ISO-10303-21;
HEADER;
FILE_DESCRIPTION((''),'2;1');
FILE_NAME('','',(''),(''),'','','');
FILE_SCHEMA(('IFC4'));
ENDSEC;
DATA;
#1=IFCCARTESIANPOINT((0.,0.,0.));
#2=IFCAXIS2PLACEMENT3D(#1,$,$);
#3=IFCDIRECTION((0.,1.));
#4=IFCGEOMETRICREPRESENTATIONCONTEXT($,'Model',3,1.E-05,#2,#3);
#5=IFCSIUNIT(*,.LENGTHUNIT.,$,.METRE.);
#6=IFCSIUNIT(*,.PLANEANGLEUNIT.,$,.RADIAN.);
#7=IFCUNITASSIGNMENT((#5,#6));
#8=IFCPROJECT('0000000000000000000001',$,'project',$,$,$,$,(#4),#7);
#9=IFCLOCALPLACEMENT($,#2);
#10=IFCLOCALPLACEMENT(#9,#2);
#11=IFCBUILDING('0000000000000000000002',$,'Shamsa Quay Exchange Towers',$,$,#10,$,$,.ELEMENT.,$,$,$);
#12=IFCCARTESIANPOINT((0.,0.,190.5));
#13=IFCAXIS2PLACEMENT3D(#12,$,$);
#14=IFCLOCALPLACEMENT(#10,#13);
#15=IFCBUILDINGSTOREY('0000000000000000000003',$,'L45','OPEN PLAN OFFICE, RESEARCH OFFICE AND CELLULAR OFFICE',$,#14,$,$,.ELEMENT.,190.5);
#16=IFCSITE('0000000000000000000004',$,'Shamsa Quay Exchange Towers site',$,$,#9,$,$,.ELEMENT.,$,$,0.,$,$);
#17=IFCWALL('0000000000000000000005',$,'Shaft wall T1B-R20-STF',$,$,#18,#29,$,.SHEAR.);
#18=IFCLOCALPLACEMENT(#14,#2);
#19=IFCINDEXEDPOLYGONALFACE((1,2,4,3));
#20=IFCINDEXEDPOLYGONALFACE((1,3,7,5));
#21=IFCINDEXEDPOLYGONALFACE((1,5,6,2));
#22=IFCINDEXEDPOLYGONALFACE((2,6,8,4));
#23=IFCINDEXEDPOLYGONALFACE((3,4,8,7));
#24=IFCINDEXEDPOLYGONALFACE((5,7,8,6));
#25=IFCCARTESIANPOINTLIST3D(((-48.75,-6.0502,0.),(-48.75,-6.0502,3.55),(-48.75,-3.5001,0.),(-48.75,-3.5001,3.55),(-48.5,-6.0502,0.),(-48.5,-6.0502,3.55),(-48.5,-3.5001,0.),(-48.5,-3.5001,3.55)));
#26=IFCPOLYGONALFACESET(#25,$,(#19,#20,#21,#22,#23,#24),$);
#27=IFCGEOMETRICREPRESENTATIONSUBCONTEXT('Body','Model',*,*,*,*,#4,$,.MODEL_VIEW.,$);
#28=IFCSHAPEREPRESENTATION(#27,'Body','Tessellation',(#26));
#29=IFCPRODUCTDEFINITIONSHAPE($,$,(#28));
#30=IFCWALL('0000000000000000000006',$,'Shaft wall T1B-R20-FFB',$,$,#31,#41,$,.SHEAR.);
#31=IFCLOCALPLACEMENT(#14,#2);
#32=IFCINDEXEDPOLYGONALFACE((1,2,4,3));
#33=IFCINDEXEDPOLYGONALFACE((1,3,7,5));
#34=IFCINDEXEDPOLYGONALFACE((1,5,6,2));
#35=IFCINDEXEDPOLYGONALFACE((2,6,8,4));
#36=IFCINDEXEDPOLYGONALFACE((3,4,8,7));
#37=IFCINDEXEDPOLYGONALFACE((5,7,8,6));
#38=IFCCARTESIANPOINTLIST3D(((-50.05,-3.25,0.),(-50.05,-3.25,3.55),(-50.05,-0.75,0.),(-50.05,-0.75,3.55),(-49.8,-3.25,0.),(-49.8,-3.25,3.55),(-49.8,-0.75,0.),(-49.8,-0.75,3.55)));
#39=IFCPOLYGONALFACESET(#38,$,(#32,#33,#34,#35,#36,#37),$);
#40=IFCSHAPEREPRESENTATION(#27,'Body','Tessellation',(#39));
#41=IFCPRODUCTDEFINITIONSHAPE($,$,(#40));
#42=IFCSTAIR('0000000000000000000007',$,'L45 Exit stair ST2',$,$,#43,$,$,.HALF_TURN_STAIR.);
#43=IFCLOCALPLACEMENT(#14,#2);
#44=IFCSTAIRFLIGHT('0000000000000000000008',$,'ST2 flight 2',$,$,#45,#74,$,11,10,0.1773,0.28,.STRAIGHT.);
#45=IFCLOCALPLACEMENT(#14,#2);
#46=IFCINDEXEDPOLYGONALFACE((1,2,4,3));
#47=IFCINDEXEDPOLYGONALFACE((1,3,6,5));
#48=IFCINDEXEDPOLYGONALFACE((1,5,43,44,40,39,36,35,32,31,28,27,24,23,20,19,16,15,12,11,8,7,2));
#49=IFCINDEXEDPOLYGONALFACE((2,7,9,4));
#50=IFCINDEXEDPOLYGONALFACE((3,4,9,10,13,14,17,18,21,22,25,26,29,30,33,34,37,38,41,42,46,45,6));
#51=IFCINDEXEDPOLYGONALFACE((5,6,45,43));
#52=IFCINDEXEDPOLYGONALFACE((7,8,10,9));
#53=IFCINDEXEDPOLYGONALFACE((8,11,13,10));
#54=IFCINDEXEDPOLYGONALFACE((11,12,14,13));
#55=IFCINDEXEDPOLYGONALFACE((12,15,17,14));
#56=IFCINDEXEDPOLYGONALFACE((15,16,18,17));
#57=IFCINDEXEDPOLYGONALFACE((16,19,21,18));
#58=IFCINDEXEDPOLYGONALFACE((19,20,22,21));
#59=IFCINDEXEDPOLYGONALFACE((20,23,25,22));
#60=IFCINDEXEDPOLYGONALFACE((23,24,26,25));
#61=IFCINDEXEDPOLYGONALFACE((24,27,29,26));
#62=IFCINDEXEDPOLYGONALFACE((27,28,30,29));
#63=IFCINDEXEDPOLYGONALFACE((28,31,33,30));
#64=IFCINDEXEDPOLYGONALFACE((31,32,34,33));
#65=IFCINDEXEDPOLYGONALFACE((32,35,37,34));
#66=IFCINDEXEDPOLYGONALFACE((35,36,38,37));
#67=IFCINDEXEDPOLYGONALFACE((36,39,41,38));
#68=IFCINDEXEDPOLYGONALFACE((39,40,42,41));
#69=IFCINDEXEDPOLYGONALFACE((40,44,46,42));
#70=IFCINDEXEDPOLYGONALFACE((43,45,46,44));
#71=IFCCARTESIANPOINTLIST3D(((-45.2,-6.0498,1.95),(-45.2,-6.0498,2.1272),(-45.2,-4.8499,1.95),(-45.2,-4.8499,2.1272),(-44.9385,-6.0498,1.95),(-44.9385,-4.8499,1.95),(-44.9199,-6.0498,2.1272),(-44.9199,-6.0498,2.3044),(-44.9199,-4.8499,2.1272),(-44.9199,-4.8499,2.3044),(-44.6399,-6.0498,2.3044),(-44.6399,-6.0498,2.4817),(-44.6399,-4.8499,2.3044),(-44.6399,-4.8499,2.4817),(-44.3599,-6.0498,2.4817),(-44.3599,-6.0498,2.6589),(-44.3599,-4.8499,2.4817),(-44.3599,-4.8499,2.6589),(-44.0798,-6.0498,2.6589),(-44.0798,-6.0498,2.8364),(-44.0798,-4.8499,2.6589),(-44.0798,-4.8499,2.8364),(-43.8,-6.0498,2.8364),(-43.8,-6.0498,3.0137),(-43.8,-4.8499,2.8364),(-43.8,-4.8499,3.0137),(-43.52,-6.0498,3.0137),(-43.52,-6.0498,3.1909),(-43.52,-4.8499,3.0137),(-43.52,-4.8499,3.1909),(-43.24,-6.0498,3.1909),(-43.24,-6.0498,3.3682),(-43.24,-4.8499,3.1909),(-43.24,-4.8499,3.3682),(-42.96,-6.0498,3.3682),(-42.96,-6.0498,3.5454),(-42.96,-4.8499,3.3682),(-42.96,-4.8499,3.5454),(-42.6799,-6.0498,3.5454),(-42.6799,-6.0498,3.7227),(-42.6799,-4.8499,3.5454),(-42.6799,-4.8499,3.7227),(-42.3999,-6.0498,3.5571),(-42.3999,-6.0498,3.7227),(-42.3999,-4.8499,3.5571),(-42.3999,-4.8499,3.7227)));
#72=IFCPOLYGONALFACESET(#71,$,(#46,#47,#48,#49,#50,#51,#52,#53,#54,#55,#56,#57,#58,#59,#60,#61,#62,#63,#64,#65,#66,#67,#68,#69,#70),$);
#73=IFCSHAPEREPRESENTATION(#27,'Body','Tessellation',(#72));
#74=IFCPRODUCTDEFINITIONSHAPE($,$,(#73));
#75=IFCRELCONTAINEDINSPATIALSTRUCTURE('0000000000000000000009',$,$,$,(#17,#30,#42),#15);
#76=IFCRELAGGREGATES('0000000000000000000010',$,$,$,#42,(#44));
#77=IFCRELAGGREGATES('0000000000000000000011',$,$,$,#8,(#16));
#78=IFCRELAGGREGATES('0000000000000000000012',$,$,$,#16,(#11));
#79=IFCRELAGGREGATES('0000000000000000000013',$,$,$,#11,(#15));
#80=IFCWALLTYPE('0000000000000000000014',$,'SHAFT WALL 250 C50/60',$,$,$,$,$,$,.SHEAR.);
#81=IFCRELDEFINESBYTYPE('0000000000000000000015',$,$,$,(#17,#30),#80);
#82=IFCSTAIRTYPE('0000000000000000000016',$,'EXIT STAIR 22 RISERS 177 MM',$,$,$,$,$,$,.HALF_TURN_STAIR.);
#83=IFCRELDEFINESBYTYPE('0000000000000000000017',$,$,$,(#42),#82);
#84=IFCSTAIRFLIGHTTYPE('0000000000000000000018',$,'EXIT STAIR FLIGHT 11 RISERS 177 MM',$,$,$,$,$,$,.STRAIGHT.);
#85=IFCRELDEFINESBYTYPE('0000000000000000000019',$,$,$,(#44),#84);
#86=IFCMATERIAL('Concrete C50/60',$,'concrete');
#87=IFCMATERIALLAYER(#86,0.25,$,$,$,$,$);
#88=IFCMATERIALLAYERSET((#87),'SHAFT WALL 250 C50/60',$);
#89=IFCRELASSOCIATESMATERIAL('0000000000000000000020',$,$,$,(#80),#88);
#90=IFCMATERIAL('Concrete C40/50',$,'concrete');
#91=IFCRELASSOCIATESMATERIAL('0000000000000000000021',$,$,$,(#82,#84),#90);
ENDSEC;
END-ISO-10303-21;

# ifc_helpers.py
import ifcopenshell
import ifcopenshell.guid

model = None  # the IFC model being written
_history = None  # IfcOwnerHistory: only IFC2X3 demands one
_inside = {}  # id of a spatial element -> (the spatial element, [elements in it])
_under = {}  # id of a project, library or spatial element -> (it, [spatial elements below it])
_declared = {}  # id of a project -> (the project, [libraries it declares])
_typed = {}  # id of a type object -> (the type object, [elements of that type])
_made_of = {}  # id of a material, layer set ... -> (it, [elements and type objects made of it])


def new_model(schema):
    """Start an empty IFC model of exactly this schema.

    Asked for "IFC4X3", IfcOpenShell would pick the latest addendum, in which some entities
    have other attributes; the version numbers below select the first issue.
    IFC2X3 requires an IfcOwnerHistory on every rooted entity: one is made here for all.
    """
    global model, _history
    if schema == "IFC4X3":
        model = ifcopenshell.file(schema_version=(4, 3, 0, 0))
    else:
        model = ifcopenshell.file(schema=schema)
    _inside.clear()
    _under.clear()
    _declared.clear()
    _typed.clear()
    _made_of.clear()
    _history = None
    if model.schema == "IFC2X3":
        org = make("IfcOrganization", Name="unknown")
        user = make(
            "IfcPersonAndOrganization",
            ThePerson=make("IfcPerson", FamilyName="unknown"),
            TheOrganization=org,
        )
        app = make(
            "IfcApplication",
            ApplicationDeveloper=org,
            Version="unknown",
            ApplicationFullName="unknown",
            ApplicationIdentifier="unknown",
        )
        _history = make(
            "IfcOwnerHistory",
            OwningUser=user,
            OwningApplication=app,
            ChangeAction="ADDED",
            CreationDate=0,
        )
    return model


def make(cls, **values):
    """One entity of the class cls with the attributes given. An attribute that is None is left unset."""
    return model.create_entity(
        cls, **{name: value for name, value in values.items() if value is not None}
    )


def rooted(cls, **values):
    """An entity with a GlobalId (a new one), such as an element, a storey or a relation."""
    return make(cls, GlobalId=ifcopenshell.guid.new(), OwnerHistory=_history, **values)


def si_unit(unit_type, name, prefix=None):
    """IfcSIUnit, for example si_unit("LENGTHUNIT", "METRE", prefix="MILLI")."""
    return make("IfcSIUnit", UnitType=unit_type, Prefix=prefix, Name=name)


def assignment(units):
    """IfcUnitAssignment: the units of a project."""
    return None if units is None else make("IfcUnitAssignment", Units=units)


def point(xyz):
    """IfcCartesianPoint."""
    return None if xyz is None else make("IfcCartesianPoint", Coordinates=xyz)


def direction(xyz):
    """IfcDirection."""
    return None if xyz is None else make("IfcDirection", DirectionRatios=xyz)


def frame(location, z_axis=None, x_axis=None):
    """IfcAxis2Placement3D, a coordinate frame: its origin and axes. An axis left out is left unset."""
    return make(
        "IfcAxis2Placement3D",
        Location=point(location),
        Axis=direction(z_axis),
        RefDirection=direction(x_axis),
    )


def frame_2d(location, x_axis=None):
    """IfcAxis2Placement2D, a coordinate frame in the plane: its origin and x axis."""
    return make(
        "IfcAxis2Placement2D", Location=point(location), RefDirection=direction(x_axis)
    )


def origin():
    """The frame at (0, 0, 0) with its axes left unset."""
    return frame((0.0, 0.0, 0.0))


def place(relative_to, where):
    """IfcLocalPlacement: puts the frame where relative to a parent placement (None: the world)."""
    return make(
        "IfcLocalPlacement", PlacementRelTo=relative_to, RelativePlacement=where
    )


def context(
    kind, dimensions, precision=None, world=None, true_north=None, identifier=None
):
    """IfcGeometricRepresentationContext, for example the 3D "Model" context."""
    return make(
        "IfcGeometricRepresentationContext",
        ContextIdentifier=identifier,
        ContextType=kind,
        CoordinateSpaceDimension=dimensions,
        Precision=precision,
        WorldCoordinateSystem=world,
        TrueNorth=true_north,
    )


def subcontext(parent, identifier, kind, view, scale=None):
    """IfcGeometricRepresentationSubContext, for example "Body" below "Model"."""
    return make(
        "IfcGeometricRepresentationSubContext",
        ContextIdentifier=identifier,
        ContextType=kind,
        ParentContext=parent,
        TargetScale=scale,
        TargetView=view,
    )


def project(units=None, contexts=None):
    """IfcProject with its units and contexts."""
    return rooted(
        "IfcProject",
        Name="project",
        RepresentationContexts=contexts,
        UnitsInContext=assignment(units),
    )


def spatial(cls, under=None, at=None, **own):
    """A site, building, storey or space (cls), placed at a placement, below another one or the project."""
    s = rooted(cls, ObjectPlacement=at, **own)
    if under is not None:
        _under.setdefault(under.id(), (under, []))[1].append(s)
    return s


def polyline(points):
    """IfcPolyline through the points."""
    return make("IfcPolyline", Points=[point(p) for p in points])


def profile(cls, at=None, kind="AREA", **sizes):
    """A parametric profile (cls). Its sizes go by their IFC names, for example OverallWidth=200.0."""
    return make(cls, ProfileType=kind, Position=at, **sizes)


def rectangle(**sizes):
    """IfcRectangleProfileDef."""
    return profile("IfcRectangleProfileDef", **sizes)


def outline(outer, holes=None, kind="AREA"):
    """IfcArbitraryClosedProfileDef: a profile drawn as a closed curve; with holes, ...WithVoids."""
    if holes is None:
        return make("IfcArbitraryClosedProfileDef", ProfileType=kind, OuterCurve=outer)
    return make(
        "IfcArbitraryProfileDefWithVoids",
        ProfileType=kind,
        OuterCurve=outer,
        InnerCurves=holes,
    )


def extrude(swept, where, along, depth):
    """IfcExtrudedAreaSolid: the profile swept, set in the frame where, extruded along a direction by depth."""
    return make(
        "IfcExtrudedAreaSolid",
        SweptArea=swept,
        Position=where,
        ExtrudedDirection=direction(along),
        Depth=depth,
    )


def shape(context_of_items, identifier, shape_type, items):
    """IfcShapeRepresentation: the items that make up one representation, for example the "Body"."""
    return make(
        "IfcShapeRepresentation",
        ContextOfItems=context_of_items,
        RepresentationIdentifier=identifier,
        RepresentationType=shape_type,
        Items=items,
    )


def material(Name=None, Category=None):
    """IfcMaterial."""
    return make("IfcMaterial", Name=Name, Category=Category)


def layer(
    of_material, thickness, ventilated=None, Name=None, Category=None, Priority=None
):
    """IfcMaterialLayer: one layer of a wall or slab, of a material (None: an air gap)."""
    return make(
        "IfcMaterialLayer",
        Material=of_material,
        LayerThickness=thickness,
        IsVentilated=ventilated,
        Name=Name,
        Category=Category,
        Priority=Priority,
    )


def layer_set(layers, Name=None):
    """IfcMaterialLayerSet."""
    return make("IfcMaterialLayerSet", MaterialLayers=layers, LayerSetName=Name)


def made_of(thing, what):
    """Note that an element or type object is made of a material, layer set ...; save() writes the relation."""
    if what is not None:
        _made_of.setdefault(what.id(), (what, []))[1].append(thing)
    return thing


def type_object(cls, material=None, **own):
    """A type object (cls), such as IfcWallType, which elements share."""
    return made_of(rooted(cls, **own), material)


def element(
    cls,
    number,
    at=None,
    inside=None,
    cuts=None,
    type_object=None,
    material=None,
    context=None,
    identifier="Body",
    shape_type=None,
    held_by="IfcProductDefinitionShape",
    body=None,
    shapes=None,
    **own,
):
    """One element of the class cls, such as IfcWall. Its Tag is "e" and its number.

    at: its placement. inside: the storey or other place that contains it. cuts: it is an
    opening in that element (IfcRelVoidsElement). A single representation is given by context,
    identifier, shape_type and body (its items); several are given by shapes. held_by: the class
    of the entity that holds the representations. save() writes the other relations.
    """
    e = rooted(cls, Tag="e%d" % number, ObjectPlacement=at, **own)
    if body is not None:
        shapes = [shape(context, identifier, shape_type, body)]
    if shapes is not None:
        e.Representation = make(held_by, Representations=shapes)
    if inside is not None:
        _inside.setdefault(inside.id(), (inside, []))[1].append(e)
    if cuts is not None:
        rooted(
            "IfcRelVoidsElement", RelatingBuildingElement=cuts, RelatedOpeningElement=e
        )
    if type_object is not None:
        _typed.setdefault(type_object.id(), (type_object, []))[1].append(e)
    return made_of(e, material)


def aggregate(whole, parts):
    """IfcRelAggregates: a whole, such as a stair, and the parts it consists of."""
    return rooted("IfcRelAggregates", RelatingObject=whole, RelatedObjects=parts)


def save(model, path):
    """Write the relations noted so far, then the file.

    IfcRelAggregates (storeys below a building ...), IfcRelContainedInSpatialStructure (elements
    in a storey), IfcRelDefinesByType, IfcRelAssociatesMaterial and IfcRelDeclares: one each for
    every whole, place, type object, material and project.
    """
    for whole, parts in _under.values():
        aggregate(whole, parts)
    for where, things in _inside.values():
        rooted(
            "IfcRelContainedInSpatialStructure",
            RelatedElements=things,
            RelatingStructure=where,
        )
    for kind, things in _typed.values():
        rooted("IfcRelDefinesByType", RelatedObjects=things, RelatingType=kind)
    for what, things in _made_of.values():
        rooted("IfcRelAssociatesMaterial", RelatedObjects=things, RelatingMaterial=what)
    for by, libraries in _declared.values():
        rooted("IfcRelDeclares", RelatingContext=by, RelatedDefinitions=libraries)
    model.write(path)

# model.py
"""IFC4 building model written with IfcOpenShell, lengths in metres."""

from ifc_helpers import new_model, si_unit, direction, frame, frame_2d, origin, place, context, subcontext, project, spatial, polyline, rectangle, outline, extrude, material, layer, layer_set, type_object, element, aggregate, save


model = new_model("IFC4")

# Units and contexts
model_context = context("Model", 3, precision=1e-05, world=origin(), true_north=direction((0.0, 1.0)))
body_context = subcontext(model_context, "Body", "Model", "MODEL_VIEW")
ifc_project = project(units=[si_unit("LENGTHUNIT", "METRE"), si_unit("PLANEANGLEUNIT", "RADIAN")], contexts=[model_context])

# Site, building, storey
site_placement = place(None, origin())
site = spatial("IfcSite", under=ifc_project, at=site_placement, Name="Shamsa Quay Exchange Towers site", CompositionType="ELEMENT", RefElevation=0.0)
building_placement = place(site_placement, origin())
building = spatial("IfcBuilding", under=site, at=building_placement, Name="Shamsa Quay Exchange Towers", CompositionType="ELEMENT")
storey_placement = place(building_placement, frame((0.0, 0.0, 190.5)))
storey = spatial("IfcBuildingStorey", under=building, at=storey_placement, Name="L45", Description="OPEN PLAN OFFICE, RESEARCH OFFICE AND CELLULAR OFFICE", CompositionType="ELEMENT", Elevation=190.5)

# Wall
ifc_material_1 = material(Name="Concrete C50/60", Category="concrete")
ifc_layer_1 = layer(ifc_material_1, 0.25)
ifc_layer_set_1 = layer_set([ifc_layer_1], Name="SHAFT WALL 250 C50/60")
wall_type_1 = type_object("IfcWallType", Name="SHAFT WALL 250 C50/60", PredefinedType="SHEAR", material=ifc_layer_set_1)
wall_1_placement = place(storey_placement, frame((-48.625, -6.05, 0.0), z_axis=(0.0, 0.0, 1.0), x_axis=(0.0, 1.0, 0.0)))
element("IfcWall", 1, at=wall_1_placement, inside=storey, type_object=wall_type_1, Name="Shaft wall T1B-R20-STF", PredefinedType="SHEAR", context=body_context, shape_type="SweptSolid", body=[
    extrude(rectangle(XDim=2.55, YDim=0.25, at=frame_2d((1.2749, 0.0))), origin(), (0.0, 0.0, 1.0), 3.55),
])

# Wall
wall_2_placement = place(storey_placement, frame((-49.925, -3.25, 0.0), z_axis=(0.0, 0.0, 1.0), x_axis=(0.0, 1.0, 0.0)))
element("IfcWall", 2, at=wall_2_placement, inside=storey, type_object=wall_type_1, Name="Shaft wall T1B-R20-FFB", PredefinedType="SHEAR", context=body_context, shape_type="SweptSolid", body=[
    extrude(rectangle(XDim=2.5, YDim=0.25, at=frame_2d((1.25, 0.0))), origin(), (0.0, 0.0, 1.0), 3.55),
])

# Stair, stair flight
ifc_material_2 = material(Name="Concrete C40/50", Category="concrete")
stair_type = type_object("IfcStairType", Name="EXIT STAIR 22 RISERS 177 MM", PredefinedType="HALF_TURN_STAIR", material=ifc_material_2)
stair_placement = place(storey_placement, origin())
stair = element("IfcStair", 3, at=stair_placement, inside=storey, type_object=stair_type, Name="L45 Exit stair ST2", PredefinedType="HALF_TURN_STAIR")
stair_flight_type = type_object("IfcStairFlightType", Name="EXIT STAIR FLIGHT 11 RISERS 177 MM", PredefinedType="STRAIGHT", material=ifc_material_2)
stair_flight_placement = place(storey_placement, frame((-45.2, -5.45, 1.95)))
stair_flight = element("IfcStairFlight", 4, at=stair_flight_placement, type_object=stair_flight_type, Name="ST2 flight 2", NumberOfRisers=11, NumberOfTreads=10, PredefinedType="STRAIGHT", RiserHeight=0.1773, TreadLength=0.28, context=body_context, shape_type="SweptSolid", body=[
    extrude(outline(polyline([(0.0, 0.0), (0.0, 0.1772), (0.28, 0.1772), (0.28, 0.3545), (0.5601, 0.3545), (0.5601, 0.5317), (0.8401, 0.5317), (0.8401, 0.709), (1.1201, 0.709), (1.1201, 0.8865), (1.3999, 0.8865), (1.3999, 1.0637), (1.6799, 1.0637), (1.6799, 1.241), (1.96, 1.241), (1.96, 1.4182), (2.24, 1.4182), (2.24, 1.5955), (2.52, 1.5955), (2.52, 1.7727), (2.8, 1.7727), (2.8, 1.95), (2.8, 1.6072), (0.2615, 0.0), (0.0, 0.0)])), frame((0.0, 0.6001, 0.0), z_axis=(0.0, -1.0, 0.0), x_axis=(1.0, 0.0, 0.0)), (0.0, 0.0, 1.0), 1.2),
])
aggregate(stair, [stair_flight])

save(model, "model.ifc")
